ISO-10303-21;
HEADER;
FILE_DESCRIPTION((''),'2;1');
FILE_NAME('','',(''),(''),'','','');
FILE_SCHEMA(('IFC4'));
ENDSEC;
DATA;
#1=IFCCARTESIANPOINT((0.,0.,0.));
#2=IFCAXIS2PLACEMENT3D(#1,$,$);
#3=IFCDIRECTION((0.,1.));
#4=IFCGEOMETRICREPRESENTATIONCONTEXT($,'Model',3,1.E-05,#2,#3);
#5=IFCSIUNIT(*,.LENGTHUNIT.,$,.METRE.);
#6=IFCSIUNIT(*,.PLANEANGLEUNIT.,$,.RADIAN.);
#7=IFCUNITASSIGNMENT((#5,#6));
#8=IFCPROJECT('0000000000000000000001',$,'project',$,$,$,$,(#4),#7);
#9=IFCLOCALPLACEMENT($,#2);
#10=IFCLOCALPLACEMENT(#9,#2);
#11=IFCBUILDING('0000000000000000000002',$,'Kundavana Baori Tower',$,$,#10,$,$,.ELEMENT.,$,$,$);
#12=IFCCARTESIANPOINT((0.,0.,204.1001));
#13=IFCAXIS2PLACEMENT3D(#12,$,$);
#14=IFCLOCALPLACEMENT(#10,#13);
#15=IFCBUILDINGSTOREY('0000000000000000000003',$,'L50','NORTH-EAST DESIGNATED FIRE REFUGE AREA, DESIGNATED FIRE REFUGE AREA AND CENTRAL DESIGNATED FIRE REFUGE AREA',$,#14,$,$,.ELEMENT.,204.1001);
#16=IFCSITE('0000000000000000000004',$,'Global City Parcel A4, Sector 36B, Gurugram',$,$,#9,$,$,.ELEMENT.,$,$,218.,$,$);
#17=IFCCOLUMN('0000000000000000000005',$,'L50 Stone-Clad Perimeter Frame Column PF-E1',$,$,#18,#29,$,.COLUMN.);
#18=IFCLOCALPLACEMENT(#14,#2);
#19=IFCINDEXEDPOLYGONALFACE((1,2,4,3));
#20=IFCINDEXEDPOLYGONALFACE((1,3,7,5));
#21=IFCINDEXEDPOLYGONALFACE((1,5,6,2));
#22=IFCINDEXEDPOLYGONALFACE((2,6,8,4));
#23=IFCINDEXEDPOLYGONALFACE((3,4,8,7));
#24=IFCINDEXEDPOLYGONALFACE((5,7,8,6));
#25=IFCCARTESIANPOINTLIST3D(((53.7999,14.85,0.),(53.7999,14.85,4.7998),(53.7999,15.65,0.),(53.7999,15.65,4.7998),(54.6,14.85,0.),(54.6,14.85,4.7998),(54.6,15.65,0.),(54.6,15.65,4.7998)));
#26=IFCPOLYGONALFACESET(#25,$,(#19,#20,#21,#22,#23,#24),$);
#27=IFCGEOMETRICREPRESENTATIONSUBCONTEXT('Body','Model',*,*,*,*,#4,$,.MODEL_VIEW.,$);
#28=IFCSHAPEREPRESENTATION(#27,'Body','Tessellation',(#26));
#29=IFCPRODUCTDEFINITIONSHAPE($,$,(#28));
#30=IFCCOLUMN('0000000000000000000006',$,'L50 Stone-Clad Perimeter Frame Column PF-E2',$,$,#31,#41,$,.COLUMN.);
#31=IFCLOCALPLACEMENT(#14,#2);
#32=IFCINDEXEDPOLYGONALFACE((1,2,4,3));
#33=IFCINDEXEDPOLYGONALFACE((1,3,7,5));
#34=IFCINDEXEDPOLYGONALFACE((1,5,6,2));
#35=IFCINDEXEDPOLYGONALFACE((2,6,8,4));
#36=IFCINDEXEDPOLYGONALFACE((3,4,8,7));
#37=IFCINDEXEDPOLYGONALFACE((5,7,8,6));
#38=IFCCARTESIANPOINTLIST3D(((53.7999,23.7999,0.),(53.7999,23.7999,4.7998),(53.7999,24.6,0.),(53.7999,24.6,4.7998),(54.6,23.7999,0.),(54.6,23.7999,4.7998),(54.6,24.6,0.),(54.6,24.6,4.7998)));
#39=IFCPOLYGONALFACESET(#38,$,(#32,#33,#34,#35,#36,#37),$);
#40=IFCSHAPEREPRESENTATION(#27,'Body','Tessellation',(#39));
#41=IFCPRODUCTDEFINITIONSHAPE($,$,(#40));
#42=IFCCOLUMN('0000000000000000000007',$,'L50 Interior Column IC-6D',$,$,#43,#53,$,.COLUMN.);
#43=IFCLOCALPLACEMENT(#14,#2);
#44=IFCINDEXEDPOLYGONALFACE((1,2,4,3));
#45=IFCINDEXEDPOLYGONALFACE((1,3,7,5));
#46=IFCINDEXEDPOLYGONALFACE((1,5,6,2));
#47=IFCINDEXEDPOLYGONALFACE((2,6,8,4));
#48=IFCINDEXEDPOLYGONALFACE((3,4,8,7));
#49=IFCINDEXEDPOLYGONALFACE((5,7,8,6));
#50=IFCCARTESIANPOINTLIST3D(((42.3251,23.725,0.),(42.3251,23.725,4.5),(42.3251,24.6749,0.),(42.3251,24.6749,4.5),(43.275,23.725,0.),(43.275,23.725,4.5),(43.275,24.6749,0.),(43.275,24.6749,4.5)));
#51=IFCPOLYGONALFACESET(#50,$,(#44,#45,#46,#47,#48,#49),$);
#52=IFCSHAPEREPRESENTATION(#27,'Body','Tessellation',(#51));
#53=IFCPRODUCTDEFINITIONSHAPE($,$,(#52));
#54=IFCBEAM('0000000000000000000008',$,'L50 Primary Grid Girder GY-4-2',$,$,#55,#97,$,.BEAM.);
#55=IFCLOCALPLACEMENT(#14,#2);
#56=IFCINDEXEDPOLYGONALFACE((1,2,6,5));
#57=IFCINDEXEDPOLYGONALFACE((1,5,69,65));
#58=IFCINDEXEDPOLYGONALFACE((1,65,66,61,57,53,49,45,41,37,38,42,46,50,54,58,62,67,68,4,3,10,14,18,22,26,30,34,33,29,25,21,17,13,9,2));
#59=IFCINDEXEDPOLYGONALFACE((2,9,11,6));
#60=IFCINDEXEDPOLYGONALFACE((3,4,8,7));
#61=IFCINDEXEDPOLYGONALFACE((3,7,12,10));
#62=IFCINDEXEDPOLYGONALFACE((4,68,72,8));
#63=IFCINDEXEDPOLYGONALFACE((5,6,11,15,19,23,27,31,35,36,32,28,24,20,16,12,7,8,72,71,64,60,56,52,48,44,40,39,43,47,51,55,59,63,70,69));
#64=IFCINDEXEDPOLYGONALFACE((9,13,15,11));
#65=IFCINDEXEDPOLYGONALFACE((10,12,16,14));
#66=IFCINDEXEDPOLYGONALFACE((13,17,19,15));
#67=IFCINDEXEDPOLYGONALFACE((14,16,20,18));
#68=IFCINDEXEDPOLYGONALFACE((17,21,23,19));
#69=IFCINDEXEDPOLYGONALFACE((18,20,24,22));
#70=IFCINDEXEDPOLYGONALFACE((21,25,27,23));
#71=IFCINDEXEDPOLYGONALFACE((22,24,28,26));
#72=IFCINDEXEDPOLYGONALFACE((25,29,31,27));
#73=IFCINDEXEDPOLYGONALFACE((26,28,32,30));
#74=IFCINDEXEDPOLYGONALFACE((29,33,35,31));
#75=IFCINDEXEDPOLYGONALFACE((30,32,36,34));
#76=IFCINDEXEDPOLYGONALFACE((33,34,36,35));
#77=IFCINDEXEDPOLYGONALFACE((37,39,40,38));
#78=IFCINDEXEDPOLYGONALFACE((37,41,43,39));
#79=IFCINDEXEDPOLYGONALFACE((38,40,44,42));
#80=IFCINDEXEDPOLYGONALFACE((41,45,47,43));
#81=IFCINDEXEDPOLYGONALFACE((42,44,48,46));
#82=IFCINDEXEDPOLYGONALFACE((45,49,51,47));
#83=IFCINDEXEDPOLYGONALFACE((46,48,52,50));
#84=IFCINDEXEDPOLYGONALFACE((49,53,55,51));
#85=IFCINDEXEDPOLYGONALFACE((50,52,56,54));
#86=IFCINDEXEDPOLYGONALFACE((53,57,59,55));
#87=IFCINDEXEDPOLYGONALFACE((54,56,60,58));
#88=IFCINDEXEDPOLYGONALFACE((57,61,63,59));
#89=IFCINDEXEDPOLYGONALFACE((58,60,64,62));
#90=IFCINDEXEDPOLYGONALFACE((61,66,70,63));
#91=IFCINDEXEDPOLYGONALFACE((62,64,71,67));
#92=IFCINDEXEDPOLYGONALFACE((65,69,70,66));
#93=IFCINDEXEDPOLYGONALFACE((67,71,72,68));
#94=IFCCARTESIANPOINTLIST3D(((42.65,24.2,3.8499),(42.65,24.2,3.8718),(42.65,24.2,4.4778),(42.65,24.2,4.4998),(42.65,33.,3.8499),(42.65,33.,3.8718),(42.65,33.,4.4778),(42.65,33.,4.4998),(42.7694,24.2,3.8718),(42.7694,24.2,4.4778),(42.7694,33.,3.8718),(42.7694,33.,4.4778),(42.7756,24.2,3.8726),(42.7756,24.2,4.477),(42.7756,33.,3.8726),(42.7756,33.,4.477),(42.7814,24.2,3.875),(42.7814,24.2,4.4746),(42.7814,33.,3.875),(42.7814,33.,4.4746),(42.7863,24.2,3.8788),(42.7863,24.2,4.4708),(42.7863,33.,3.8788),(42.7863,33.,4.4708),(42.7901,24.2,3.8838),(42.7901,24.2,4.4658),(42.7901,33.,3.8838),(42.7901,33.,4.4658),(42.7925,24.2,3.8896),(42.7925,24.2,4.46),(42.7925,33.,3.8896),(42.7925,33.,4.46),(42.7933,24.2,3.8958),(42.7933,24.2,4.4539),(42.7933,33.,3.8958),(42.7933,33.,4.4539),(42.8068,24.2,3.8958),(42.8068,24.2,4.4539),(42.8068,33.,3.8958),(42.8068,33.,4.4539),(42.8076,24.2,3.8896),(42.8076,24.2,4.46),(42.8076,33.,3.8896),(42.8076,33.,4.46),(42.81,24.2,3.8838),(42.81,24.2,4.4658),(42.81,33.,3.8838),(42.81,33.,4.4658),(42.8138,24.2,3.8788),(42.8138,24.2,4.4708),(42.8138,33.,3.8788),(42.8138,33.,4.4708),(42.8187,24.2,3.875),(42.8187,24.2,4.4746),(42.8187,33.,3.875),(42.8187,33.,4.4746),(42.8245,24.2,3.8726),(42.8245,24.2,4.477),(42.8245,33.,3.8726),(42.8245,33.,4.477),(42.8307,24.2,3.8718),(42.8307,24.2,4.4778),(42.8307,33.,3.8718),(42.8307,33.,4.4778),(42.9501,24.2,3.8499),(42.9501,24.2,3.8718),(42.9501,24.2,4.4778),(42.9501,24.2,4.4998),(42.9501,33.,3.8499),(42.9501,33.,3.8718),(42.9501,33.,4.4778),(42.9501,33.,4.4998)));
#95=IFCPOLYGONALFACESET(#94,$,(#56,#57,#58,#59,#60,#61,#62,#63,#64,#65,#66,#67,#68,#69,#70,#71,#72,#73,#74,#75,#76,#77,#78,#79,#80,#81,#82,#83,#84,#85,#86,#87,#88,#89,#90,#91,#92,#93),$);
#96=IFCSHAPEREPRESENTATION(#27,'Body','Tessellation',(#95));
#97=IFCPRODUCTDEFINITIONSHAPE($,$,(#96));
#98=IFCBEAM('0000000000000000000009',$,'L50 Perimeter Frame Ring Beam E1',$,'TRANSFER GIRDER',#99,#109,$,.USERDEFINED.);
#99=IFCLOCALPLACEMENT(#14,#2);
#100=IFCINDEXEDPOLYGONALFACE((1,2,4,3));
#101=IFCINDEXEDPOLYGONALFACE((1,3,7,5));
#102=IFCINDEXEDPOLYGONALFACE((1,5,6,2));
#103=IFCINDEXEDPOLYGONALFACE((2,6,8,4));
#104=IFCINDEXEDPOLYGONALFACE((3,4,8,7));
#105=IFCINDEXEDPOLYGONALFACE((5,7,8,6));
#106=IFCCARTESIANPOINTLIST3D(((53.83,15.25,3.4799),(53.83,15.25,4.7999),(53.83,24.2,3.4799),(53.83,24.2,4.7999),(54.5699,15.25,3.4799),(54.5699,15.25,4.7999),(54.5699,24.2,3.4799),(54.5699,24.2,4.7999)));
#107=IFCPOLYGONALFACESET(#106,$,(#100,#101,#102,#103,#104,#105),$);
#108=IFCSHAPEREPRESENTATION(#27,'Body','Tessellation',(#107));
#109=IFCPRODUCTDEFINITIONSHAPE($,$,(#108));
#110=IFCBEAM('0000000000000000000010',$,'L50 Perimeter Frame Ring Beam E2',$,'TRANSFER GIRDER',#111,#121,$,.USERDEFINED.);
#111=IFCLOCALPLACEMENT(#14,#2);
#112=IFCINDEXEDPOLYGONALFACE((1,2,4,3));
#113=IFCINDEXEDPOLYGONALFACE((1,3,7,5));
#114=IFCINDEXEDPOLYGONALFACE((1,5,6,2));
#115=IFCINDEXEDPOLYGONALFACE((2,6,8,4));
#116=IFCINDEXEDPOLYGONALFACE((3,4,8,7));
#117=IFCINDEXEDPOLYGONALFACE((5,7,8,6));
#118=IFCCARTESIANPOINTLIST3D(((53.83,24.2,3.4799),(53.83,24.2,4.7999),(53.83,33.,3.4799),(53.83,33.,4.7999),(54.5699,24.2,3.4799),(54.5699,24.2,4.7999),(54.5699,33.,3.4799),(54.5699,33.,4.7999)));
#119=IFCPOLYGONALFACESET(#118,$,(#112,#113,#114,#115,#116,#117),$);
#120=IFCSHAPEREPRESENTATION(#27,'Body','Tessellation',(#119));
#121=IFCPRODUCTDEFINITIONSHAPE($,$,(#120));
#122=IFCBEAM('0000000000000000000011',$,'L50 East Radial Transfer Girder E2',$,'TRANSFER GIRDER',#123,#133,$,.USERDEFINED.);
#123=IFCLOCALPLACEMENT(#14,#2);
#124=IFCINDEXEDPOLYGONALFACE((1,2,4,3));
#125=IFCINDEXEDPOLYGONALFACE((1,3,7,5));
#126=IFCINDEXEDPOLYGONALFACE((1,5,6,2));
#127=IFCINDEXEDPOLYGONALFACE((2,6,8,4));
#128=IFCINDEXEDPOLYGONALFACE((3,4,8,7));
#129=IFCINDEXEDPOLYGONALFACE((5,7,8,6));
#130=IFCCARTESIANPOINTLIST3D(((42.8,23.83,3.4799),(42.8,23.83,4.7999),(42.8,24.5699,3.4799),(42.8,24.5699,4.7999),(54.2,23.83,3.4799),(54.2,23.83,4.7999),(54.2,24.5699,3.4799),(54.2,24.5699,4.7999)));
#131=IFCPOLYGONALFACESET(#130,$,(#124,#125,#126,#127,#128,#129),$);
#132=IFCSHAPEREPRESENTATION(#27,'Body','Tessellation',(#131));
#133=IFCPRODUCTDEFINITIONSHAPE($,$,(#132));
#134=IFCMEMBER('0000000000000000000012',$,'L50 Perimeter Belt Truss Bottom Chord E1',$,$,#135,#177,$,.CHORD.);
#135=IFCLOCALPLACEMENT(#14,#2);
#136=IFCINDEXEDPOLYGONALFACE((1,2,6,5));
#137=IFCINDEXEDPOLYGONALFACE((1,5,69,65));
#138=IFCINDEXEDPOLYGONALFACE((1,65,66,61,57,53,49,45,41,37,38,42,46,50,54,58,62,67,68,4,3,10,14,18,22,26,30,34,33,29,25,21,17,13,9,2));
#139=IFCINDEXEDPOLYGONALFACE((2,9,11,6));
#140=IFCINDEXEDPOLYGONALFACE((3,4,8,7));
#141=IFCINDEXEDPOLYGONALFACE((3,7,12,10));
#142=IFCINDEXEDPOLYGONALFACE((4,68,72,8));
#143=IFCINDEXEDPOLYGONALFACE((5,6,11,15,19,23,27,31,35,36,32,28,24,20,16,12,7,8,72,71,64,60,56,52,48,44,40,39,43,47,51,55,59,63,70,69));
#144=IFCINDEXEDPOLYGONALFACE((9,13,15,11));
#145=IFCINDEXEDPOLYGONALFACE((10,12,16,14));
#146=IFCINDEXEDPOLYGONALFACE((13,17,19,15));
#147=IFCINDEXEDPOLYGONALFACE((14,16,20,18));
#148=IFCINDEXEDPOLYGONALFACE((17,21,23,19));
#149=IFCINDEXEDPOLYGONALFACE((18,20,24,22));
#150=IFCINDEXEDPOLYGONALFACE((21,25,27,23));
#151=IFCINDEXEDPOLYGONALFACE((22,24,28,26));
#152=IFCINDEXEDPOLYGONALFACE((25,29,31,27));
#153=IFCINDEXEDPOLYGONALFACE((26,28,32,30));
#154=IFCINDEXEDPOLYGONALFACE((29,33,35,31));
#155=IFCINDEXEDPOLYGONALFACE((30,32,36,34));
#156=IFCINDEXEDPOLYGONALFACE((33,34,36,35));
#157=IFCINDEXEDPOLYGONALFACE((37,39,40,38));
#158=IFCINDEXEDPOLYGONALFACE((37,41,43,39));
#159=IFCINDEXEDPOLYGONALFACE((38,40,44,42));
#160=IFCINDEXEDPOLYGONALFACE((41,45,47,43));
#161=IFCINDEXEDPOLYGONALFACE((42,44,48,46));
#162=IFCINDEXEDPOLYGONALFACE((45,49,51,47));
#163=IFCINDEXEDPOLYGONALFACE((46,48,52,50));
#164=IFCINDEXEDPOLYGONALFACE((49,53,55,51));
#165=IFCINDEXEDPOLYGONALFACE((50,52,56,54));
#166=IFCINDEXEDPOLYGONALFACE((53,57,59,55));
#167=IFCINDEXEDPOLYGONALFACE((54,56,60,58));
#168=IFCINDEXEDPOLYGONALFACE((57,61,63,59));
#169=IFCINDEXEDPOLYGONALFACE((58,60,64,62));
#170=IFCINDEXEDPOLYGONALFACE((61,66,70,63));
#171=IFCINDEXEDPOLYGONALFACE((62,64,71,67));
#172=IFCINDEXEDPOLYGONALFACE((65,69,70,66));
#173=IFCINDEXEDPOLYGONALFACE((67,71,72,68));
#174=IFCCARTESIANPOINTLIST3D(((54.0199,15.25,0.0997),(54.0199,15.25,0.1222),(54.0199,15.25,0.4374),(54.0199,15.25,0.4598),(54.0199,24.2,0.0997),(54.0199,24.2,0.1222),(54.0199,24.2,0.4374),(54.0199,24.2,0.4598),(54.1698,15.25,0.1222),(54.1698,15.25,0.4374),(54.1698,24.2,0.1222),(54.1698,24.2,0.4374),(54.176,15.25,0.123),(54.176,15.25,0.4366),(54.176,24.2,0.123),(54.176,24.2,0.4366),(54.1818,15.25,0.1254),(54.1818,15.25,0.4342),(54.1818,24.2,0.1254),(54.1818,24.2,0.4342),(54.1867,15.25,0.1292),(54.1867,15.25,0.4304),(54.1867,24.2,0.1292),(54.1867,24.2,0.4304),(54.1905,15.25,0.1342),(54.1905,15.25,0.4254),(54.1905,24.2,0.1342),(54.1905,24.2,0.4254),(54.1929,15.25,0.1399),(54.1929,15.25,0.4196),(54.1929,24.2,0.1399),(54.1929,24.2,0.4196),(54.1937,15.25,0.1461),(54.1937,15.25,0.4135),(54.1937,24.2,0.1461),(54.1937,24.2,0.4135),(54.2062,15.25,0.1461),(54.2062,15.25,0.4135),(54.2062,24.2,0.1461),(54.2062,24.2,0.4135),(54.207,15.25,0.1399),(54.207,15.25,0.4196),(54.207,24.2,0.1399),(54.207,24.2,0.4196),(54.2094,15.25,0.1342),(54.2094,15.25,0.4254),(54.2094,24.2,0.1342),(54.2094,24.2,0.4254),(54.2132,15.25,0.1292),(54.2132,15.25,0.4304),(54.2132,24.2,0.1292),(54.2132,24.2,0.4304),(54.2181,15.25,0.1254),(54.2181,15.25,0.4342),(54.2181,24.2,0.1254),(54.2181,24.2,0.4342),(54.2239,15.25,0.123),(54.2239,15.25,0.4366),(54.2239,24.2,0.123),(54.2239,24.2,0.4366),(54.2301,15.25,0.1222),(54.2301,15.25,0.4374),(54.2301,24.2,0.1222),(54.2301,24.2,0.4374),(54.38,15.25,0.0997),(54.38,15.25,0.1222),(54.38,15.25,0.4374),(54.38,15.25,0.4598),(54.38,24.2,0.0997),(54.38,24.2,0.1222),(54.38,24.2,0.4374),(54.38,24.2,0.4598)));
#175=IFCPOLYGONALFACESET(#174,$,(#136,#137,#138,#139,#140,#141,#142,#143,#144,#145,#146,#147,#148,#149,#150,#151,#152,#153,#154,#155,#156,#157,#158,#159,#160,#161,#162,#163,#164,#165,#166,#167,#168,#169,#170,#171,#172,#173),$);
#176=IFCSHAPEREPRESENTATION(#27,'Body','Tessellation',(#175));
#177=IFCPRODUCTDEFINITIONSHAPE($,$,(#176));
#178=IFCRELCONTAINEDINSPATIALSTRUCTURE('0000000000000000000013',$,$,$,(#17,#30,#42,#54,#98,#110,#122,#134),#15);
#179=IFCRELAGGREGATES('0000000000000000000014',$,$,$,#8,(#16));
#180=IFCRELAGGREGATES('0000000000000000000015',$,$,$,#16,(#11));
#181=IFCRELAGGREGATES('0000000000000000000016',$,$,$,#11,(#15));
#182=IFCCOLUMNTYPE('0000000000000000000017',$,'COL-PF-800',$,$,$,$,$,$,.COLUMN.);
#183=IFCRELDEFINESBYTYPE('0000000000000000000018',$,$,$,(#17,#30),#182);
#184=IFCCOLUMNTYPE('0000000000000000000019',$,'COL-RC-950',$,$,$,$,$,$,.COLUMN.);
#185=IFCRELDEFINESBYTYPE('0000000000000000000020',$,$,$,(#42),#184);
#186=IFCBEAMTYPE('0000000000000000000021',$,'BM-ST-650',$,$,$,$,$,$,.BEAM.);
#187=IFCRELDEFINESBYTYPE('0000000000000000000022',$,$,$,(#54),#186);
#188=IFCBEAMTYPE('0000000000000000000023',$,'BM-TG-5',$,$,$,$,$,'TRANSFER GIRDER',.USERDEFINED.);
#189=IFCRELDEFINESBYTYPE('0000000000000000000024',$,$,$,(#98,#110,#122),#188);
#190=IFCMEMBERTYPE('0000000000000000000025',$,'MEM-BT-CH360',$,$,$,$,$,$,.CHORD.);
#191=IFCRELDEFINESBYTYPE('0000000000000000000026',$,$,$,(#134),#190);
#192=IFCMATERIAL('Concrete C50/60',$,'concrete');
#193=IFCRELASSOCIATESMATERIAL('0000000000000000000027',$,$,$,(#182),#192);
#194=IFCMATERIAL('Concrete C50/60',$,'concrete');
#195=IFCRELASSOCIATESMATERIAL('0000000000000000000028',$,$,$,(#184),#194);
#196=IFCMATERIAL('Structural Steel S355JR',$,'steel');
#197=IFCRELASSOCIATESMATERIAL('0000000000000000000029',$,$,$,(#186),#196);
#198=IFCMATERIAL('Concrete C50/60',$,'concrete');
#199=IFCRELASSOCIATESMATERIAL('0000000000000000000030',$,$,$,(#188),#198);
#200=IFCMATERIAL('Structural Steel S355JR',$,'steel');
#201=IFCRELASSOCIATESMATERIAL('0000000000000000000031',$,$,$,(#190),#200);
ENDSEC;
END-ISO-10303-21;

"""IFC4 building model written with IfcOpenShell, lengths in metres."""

from ifc_helpers import new_model, si_unit, direction, frame, origin, origin_2d, place, context, subcontext, project, spatial, rectangle, i_section, extrude, material, material_profile, profile_set, type_object, element, save


model = new_model("IFC4")

# Units and contexts
model_context = context("Model", 3, precision=1e-05, world=origin(), true_north=direction((0.0, 1.0)))
body_context = subcontext(model_context, "Body", "Model", "MODEL_VIEW")
ifc_project = project(units=[si_unit("LENGTHUNIT", "METRE"), si_unit("PLANEANGLEUNIT", "RADIAN")], contexts=[model_context])

# Site, building, storey
site_placement = place(None, origin())
site = spatial("IfcSite", under=ifc_project, at=site_placement, Name="Global City Parcel A4, Sector 36B, Gurugram", CompositionType="ELEMENT", RefElevation=218.0)
building_placement = place(site_placement, origin())
building = spatial("IfcBuilding", under=site, at=building_placement, Name="Kundavana Baori Tower", CompositionType="ELEMENT")
storey_placement = place(building_placement, frame((0.0, 0.0, 204.1001)))
storey = spatial("IfcBuildingStorey", under=building, at=storey_placement, Name="L50", Description="NORTH-EAST DESIGNATED FIRE REFUGE AREA, DESIGNATED FIRE REFUGE AREA AND CENTRAL DESIGNATED FIRE REFUGE AREA", CompositionType="ELEMENT", Elevation=204.1001)

# Columns
ifc_material_1 = material(Name="Concrete C50/60", Category="concrete")
ifc_material_profile_1 = material_profile(ifc_material_1, rectangle(XDim=0.8, YDim=0.8, at=origin_2d()), Name="RC PF 800x800")
ifc_profile_set_1 = profile_set([ifc_material_profile_1], Name="Concrete C50/60")
column_type_1 = type_object("IfcColumnType", Name="COL-PF-800", PredefinedType="COLUMN", material=ifc_profile_set_1)
for number, where, z_axis, x_axis, name in (
    (1, (54.2, 15.25, 0.0), (0.0, 0.0, 1.0), (1.0, 0.0, 0.0), "L50 Stone-Clad Perimeter Frame Column PF-E1"),
    (2, (54.2, 24.2, 0.0), (0.0, 0.0, 1.0), (1.0, 0.0, 0.0), "L50 Stone-Clad Perimeter Frame Column PF-E2"),
):
    element("IfcColumn", number, at=place(storey_placement, frame(where, z_axis=z_axis, x_axis=x_axis)), inside=storey, type_object=column_type_1, Name=name, PredefinedType="COLUMN", context=body_context, shape_type="SweptSolid", body=[
        extrude(rectangle(XDim=0.8, YDim=0.8, at=origin_2d()), origin(), (0.0, 0.0, 1.0), 4.7998),
    ])
ifc_material_2 = material(Name="Concrete C50/60", Category="concrete")
ifc_material_profile_2 = material_profile(ifc_material_2, rectangle(XDim=0.95, YDim=0.95, at=origin_2d()), Name="RC 950x950")
ifc_profile_set_2 = profile_set([ifc_material_profile_2], Name="Concrete C50/60")
column_type_2 = type_object("IfcColumnType", Name="COL-RC-950", PredefinedType="COLUMN", material=ifc_profile_set_2)
column_placement = place(storey_placement, frame((42.8, 24.2, 0.0), z_axis=(0.0, 0.0, 1.0), x_axis=(1.0, 0.0, 0.0)))
element("IfcColumn", 3, at=column_placement, inside=storey, type_object=column_type_2, Name="L50 Interior Column IC-6D", PredefinedType="COLUMN", context=body_context, shape_type="SweptSolid", body=[
    extrude(rectangle(XDim=0.95, YDim=0.95, at=origin_2d()), origin(), (0.0, 0.0, 1.0), 4.5),
])

# Beams
ifc_material_3 = material(Name="Structural Steel S355JR", Category="steel")
ifc_material_profile_3 = material_profile(ifc_material_3, i_section(OverallWidth=0.3, OverallDepth=0.6499, WebThickness=0.0134, FlangeThickness=0.022, FilletRadius=0.0239, at=origin_2d()), Name="NPB 650x300x155")
ifc_profile_set_3 = profile_set([ifc_material_profile_3], Name="Structural Steel S355JR")
beam_type_1 = type_object("IfcBeamType", Name="BM-ST-650", PredefinedType="BEAM", material=ifc_profile_set_3)
beam_1_placement = place(storey_placement, frame((42.8, 24.2, 4.1748), z_axis=(0.0, 1.0, 0.0), x_axis=(-1.0, 0.0, 0.0)))
element("IfcBeam", 4, at=beam_1_placement, inside=storey, type_object=beam_type_1, Name="L50 Primary Grid Girder GY-4-2", PredefinedType="BEAM", context=body_context, shape_type="SweptSolid", body=[
    extrude(i_section(OverallWidth=0.3, OverallDepth=0.6499, WebThickness=0.0134, FlangeThickness=0.022, FilletRadius=0.0239, at=origin_2d()), origin(), (0.0, 0.0, 1.0), 8.8),
])
ifc_material_4 = material(Name="Concrete C50/60", Category="concrete")
ifc_material_profile_4 = material_profile(ifc_material_4, rectangle(XDim=0.74, YDim=1.3201, at=origin_2d()), Name="BM-TG-5")
ifc_profile_set_4 = profile_set([ifc_material_profile_4], Name="Concrete C50/60")
beam_type_2 = type_object("IfcBeamType", Name="BM-TG-5", ElementType="TRANSFER GIRDER", PredefinedType="USERDEFINED", material=ifc_profile_set_4)
beam_2_placement = place(storey_placement, frame((54.2, 15.25, 4.1399), z_axis=(0.0, 1.0, 0.0), x_axis=(-1.0, 0.0, 0.0)))
element("IfcBeam", 5, at=beam_2_placement, inside=storey, type_object=beam_type_2, Name="L50 Perimeter Frame Ring Beam E1", ObjectType="TRANSFER GIRDER", PredefinedType="USERDEFINED", context=body_context, shape_type="SweptSolid", body=[
    extrude(rectangle(XDim=0.74, YDim=1.3201, at=origin_2d()), origin(), (0.0, 0.0, 1.0), 8.95),
])
beam_3_placement = place(storey_placement, frame((54.2, 24.2, 4.1399), z_axis=(0.0, 1.0, 0.0), x_axis=(-1.0, 0.0, 0.0)))
element("IfcBeam", 6, at=beam_3_placement, inside=storey, type_object=beam_type_2, Name="L50 Perimeter Frame Ring Beam E2", ObjectType="TRANSFER GIRDER", PredefinedType="USERDEFINED", context=body_context, shape_type="SweptSolid", body=[
    extrude(rectangle(XDim=0.74, YDim=1.3201, at=origin_2d()), origin(), (0.0, 0.0, 1.0), 8.8),
])
beam_4_placement = place(storey_placement, frame((42.8, 24.2, 4.1399), z_axis=(1.0, 0.0, 0.0), x_axis=(0.0, 1.0, 0.0)))
element("IfcBeam", 7, at=beam_4_placement, inside=storey, type_object=beam_type_2, Name="L50 East Radial Transfer Girder E2", ObjectType="TRANSFER GIRDER", PredefinedType="USERDEFINED", context=body_context, shape_type="SweptSolid", body=[
    extrude(rectangle(XDim=0.74, YDim=1.3201, at=origin_2d()), origin(), (0.0, 0.0, 1.0), 11.3999),
])

# Member
ifc_material_5 = material(Name="Structural Steel S355JR", Category="steel")
ifc_material_profile_5 = material_profile(ifc_material_5, i_section(OverallWidth=0.3601, OverallDepth=0.3601, WebThickness=0.0125, FlangeThickness=0.0225, FilletRadius=0.0239, at=origin_2d()), Name="WPB 360x360x142")
ifc_profile_set_5 = profile_set([ifc_material_profile_5], Name="Structural Steel S355JR")
member_type_1 = type_object("IfcMemberType", Name="MEM-BT-CH360", PredefinedType="CHORD", material=ifc_profile_set_5)
member_1_placement = place(storey_placement, frame((54.2, 15.25, 0.2798), z_axis=(0.0, 1.0, 0.0), x_axis=(-1.0, 0.0, 0.0)))
element("IfcMember", 8, at=member_1_placement, inside=storey, type_object=member_type_1, Name="L50 Perimeter Belt Truss Bottom Chord E1", PredefinedType="CHORD", context=body_context, shape_type="SweptSolid", body=[
    extrude(i_section(OverallWidth=0.3601, OverallDepth=0.3601, WebThickness=0.0125, FlangeThickness=0.0225, FilletRadius=0.0239, at=origin_2d()), origin(), (0.0, 0.0, 1.0), 8.95),
])

save(model, "model.ifc")
